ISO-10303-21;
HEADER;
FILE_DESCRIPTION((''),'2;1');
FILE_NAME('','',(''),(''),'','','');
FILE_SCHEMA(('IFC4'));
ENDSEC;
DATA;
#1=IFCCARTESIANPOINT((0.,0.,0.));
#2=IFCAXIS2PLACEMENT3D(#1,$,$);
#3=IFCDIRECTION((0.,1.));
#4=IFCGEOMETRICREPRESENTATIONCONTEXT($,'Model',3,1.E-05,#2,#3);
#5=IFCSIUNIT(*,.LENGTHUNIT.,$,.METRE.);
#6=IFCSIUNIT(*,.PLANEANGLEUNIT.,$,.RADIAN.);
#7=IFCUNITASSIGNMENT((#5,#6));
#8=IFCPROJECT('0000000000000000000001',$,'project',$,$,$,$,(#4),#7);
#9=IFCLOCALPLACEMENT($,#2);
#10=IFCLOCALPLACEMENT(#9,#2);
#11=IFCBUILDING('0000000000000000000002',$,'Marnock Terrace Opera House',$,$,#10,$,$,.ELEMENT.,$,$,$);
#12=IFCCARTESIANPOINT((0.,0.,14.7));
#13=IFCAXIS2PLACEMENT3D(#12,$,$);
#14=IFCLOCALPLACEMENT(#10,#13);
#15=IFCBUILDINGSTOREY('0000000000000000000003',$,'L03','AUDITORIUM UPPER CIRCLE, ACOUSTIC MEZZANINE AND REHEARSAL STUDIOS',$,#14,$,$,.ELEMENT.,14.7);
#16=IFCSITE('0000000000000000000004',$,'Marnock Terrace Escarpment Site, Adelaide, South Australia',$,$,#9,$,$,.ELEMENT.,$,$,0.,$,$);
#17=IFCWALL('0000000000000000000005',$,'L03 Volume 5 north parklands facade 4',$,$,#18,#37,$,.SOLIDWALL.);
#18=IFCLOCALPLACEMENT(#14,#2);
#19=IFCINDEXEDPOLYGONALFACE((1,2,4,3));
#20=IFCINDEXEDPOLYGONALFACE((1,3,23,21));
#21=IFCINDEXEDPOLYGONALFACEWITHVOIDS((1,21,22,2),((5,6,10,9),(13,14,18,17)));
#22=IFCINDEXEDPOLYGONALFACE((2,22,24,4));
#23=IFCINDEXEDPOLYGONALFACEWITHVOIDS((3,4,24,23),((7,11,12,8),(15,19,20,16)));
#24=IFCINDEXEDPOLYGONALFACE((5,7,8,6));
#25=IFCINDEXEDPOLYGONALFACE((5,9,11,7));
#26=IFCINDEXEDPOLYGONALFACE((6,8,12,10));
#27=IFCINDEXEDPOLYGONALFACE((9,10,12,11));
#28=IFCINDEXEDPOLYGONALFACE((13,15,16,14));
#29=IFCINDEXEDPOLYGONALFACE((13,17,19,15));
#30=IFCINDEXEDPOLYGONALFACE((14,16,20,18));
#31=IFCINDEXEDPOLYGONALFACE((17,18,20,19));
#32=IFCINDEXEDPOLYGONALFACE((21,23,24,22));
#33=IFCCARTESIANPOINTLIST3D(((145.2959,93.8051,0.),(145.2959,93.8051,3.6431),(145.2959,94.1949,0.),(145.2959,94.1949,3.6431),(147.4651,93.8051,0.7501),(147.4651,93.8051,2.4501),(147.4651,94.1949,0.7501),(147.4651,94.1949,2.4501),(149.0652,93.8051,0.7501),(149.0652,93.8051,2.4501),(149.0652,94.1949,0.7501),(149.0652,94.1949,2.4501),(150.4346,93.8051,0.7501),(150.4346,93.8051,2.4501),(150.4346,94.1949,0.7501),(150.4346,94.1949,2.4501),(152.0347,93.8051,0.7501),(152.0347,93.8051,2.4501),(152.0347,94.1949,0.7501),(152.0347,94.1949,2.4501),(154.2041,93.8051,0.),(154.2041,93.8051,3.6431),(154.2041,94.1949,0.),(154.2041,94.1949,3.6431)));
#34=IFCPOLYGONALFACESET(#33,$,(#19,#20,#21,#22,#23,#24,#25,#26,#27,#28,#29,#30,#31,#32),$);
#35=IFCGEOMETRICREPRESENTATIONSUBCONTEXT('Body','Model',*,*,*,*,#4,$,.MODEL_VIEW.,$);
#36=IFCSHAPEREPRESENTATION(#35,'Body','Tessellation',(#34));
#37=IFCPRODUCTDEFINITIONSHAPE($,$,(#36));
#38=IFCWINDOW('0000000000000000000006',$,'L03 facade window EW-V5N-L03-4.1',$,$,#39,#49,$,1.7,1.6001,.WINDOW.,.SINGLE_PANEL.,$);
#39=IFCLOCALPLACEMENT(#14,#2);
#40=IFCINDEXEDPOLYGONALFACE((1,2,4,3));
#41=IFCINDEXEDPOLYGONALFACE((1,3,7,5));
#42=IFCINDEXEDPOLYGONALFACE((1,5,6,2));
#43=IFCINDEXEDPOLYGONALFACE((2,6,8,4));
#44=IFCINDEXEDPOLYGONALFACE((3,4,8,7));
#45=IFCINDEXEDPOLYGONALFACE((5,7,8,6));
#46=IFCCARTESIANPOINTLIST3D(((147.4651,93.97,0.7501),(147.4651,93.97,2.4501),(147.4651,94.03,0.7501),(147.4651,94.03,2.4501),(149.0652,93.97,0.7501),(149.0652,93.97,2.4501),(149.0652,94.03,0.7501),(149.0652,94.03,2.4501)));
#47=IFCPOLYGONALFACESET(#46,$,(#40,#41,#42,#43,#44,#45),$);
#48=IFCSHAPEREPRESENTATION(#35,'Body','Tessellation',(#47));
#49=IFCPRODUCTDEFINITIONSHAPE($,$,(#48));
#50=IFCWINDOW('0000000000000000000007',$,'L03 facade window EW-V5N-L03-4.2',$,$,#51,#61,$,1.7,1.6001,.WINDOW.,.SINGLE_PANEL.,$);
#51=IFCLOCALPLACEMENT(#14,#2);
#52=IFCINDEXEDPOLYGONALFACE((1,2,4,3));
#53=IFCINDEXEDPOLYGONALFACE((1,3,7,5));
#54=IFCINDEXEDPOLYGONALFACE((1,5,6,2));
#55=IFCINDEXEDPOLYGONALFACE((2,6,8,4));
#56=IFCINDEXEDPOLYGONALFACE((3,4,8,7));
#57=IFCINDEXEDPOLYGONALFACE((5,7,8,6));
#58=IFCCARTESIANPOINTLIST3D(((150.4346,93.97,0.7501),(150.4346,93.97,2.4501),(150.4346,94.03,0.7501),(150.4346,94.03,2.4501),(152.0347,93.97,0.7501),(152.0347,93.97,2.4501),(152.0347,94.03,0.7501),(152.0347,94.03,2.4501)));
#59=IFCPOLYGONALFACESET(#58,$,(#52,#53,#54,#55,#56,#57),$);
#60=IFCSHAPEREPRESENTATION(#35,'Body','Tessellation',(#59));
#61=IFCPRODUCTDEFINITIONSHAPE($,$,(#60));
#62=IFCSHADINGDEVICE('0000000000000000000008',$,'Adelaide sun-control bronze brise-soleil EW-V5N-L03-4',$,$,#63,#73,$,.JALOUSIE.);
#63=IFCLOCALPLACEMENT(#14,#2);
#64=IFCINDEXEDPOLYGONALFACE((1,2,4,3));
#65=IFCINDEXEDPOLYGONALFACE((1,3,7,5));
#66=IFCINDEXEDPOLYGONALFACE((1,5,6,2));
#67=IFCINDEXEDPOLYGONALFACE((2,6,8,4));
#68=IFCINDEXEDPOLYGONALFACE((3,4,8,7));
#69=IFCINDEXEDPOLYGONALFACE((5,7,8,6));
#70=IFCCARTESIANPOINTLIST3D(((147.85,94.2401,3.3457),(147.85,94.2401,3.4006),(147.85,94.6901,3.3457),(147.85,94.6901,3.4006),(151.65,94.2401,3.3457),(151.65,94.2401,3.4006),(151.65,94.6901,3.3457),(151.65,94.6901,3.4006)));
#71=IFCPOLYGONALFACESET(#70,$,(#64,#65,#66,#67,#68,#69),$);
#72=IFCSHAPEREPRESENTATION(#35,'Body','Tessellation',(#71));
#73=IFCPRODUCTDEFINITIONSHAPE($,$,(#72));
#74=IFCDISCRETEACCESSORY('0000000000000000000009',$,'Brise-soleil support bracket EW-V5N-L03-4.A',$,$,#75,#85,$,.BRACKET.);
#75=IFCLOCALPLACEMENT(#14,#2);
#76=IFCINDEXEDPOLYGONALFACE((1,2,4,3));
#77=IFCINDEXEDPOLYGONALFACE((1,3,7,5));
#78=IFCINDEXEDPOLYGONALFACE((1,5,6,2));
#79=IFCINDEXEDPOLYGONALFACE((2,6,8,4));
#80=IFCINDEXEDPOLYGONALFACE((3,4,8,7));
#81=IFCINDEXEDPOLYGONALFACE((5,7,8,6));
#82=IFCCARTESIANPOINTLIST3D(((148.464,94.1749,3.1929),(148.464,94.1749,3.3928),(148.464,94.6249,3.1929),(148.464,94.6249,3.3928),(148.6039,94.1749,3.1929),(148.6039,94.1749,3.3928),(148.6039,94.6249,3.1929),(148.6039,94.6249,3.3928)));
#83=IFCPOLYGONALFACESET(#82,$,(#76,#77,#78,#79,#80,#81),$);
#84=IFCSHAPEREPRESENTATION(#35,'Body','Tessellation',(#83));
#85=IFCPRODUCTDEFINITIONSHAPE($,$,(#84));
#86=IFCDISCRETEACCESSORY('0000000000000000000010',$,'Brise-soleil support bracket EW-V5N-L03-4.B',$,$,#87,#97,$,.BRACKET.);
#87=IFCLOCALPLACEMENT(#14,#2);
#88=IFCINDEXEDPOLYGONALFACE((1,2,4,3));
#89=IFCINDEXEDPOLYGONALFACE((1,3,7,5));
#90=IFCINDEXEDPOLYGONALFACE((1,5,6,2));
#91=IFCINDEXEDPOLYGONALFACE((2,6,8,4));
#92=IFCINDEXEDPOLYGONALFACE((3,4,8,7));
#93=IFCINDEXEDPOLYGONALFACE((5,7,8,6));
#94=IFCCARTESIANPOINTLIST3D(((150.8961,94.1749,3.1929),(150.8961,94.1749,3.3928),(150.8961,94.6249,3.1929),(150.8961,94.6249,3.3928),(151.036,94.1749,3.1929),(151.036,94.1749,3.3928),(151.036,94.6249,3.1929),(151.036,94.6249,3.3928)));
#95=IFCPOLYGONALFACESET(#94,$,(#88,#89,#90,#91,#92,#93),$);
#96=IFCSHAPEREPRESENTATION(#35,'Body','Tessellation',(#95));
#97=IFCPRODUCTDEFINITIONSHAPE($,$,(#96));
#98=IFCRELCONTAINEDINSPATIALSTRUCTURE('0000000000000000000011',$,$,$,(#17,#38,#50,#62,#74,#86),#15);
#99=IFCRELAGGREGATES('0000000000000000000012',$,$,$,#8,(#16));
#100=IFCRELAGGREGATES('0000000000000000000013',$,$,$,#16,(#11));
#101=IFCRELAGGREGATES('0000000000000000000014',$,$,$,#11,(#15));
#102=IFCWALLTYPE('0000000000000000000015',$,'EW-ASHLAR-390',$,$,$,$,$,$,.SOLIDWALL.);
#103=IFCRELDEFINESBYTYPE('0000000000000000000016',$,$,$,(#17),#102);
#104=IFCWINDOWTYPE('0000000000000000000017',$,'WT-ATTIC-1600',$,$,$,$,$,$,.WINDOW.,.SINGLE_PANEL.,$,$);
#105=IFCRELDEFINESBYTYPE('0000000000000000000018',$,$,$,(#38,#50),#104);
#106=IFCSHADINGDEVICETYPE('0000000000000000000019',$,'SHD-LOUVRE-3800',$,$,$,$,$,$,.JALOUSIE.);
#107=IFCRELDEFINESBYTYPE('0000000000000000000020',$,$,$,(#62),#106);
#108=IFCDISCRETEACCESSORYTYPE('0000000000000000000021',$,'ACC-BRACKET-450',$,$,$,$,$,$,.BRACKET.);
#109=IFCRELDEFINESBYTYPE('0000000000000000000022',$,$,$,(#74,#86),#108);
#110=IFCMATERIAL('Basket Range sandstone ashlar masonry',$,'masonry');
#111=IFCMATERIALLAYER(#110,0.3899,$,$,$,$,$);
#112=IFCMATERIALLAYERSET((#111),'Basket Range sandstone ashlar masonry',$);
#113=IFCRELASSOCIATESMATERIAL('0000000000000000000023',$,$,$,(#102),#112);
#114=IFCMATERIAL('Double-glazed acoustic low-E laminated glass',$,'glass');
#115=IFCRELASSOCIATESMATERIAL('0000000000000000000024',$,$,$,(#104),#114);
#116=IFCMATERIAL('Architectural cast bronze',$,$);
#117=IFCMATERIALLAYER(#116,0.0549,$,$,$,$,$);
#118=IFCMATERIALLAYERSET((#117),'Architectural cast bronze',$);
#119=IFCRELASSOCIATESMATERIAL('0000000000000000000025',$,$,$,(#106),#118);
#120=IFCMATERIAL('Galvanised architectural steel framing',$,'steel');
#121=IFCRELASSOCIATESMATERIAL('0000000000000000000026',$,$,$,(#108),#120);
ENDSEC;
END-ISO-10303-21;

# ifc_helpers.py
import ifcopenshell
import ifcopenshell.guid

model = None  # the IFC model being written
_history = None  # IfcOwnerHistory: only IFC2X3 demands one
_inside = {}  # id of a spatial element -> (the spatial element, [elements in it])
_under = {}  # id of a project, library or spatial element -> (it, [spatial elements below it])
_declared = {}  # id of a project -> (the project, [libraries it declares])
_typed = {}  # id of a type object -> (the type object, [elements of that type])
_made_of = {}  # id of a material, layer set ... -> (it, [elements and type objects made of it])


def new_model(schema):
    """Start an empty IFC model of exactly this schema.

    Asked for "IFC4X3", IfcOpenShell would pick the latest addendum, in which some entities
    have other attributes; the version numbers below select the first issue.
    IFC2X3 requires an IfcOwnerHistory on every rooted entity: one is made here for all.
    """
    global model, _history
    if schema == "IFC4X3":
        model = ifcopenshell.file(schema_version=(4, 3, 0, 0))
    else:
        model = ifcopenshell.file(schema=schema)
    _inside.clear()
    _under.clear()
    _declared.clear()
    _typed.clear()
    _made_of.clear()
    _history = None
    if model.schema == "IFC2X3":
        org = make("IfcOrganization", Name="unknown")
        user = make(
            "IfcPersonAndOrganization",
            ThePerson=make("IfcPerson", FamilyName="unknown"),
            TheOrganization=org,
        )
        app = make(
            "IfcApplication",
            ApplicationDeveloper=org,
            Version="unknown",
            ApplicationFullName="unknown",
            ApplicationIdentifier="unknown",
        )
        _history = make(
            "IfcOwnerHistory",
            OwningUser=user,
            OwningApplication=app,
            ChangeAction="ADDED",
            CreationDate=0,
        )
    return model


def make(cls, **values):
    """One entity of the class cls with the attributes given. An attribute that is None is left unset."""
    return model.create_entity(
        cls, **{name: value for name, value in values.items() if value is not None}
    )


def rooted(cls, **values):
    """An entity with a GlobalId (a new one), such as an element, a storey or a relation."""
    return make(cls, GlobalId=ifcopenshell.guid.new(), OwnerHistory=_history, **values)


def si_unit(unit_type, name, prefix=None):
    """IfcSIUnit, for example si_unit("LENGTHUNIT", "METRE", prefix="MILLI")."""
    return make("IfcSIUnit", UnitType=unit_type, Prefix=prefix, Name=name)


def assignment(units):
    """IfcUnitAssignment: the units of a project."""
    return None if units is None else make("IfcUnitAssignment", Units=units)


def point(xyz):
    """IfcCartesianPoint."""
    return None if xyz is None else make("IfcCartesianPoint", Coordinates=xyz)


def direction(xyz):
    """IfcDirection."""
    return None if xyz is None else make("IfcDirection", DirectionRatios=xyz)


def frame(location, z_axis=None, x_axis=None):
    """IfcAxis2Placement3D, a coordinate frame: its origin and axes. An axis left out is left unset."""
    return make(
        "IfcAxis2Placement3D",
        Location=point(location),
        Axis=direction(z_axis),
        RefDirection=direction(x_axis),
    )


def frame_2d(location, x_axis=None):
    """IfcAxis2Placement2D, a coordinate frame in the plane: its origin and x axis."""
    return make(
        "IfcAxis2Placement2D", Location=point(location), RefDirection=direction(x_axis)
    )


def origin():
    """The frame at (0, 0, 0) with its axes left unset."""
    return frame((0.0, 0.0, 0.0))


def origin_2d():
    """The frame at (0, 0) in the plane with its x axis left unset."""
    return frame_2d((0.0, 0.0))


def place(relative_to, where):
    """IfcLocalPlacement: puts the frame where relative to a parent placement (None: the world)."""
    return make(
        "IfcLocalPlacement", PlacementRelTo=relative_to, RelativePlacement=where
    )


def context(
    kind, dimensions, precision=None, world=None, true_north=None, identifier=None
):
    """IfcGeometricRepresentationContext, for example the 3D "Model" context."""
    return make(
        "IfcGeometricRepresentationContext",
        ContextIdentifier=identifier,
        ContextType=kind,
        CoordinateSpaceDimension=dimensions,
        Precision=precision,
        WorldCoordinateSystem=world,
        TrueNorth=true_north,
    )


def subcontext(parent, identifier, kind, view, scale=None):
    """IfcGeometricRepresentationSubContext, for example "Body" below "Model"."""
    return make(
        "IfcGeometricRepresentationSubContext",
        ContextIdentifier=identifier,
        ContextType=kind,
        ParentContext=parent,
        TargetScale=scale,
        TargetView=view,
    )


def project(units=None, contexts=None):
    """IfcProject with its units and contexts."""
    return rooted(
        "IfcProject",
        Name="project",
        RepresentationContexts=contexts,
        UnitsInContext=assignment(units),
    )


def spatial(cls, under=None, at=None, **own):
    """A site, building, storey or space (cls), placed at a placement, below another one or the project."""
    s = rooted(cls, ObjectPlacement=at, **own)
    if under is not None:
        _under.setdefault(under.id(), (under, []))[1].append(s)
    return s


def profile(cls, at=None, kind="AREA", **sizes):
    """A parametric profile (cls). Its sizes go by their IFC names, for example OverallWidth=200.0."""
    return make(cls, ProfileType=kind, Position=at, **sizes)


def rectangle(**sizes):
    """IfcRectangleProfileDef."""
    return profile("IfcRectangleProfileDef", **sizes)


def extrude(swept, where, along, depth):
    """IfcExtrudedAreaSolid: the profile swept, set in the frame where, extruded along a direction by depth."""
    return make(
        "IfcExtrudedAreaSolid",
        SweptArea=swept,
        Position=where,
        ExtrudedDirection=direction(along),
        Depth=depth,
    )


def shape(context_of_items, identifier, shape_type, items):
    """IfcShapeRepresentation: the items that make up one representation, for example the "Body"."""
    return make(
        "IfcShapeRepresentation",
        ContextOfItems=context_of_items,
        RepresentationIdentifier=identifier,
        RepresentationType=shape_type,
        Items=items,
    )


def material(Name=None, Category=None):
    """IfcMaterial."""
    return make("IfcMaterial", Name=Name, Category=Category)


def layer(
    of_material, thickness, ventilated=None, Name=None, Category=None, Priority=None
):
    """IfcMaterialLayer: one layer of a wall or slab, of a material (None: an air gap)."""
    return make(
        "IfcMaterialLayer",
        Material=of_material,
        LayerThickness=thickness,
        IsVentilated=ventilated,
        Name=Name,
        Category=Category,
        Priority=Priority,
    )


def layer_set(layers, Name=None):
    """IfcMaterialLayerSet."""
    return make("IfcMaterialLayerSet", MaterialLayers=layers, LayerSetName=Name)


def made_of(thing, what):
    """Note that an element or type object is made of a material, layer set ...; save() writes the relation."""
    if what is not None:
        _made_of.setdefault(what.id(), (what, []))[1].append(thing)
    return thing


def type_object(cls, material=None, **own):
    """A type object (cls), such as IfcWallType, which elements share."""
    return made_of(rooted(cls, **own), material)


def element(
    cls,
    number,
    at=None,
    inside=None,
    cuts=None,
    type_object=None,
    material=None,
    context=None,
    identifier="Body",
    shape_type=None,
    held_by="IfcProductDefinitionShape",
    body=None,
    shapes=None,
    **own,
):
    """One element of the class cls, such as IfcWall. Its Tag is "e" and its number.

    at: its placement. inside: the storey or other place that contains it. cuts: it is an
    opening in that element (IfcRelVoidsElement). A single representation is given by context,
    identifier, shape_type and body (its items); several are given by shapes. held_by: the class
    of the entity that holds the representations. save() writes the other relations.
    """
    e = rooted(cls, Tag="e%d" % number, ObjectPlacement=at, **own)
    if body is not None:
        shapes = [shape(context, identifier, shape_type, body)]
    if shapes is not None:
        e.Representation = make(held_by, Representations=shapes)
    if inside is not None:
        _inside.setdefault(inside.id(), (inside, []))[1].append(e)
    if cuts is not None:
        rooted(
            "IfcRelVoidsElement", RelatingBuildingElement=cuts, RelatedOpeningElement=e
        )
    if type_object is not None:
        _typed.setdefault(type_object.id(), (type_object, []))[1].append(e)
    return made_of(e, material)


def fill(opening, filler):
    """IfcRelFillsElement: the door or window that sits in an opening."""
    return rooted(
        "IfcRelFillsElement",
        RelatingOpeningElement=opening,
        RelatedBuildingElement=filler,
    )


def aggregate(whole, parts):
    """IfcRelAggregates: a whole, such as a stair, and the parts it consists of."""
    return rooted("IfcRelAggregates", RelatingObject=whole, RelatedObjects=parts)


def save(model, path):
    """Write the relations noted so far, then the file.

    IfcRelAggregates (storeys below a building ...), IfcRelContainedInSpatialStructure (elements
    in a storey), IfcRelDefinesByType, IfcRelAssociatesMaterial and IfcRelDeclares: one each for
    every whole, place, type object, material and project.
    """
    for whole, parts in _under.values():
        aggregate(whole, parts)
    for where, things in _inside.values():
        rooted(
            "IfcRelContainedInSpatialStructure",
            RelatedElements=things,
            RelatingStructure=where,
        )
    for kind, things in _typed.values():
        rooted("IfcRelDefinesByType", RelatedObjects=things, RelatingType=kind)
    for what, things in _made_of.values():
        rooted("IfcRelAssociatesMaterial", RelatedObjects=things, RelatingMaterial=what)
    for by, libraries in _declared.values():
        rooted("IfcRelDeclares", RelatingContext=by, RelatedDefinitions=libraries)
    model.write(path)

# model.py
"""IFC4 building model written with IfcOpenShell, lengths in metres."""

from ifc_helpers import new_model, si_unit, direction, frame, frame_2d, origin, origin_2d, place, context, subcontext, project, spatial, rectangle, extrude, material, layer, layer_set, type_object, element, fill, save


model = new_model("IFC4")

# Units and contexts
model_context = context("Model", 3, precision=1e-05, world=origin(), true_north=direction((0.0, 1.0)))
body_context = subcontext(model_context, "Body", "Model", "MODEL_VIEW")
ifc_project = project(units=[si_unit("LENGTHUNIT", "METRE"), si_unit("PLANEANGLEUNIT", "RADIAN")], contexts=[model_context])

# Site, building, storey
site_placement = place(None, origin())
site = spatial("IfcSite", under=ifc_project, at=site_placement, Name="Marnock Terrace Escarpment Site, Adelaide, South Australia", CompositionType="ELEMENT", RefElevation=0.0)
building_placement = place(site_placement, origin())
building = spatial("IfcBuilding", under=site, at=building_placement, Name="Marnock Terrace Opera House", CompositionType="ELEMENT")
storey_placement = place(building_placement, frame((0.0, 0.0, 14.7)))
storey = spatial("IfcBuildingStorey", under=building, at=storey_placement, Name="L03", Description="AUDITORIUM UPPER CIRCLE, ACOUSTIC MEZZANINE AND REHEARSAL STUDIOS", CompositionType="ELEMENT", Elevation=14.7)

# Shared definitions
ifc_material_1 = material(Name="Basket Range sandstone ashlar masonry", Category="masonry")
ifc_layer_1 = layer(ifc_material_1, 0.3899)
ifc_layer_set_1 = layer_set([ifc_layer_1], Name="Basket Range sandstone ashlar masonry")
wall_type = type_object("IfcWallType", Name="EW-ASHLAR-390", PredefinedType="SOLIDWALL", material=ifc_layer_set_1)
ifc_material_2 = material(Name="Double-glazed acoustic low-E laminated glass", Category="glass")
window_type = type_object("IfcWindowType", Name="WT-ATTIC-1600", PartitioningType="SINGLE_PANEL", PredefinedType="WINDOW", material=ifc_material_2)

# Wall, openings, windows
wall_1_placement = place(storey_placement, frame((145.2959, 94.0, 0.0), z_axis=(0.0, 0.0, 1.0), x_axis=(1.0, 0.0, 0.0)))
wall_1 = element("IfcWall", 1, at=wall_1_placement, inside=storey, type_object=wall_type, Name="L03 Volume 5 north parklands facade 4", PredefinedType="SOLIDWALL", context=body_context, shape_type="SweptSolid", body=[
    extrude(rectangle(XDim=8.9082, YDim=0.3899, at=frame_2d((4.4541, 0.0))), origin(), (0.0, 0.0, 1.0), 3.6431),
])
opening_1_placement = place(wall_1_placement, frame((2.1692, 0.0, 0.75)))
opening_1 = element("IfcOpeningElement", 2, at=opening_1_placement, cuts=wall_1, PredefinedType="OPENING", context=body_context, shape_type="SweptSolid", body=[
    extrude(rectangle(XDim=1.6001, YDim=1.7, at=frame_2d((0.8, 0.8501))), frame((0.0, 0.2048, 0.0), z_axis=(0.0, -1.0, 0.0), x_axis=(1.0, 0.0, 0.0)), (0.0, 0.0, 1.0), 0.4099),
])
opening_2_placement = place(wall_1_placement, frame((5.1387, 0.0, 0.75)))
opening_2 = element("IfcOpeningElement", 3, at=opening_2_placement, cuts=wall_1, PredefinedType="OPENING", context=body_context, shape_type="SweptSolid", body=[
    extrude(rectangle(XDim=1.6001, YDim=1.7, at=frame_2d((0.8, 0.8501))), frame((0.0, 0.2048, 0.0), z_axis=(0.0, -1.0, 0.0), x_axis=(1.0, 0.0, 0.0)), (0.0, 0.0, 1.0), 0.4099),
])
window_1_placement = place(opening_1_placement, origin())
window_1 = element("IfcWindow", 4, at=window_1_placement, inside=storey, type_object=window_type, Name="L03 facade window EW-V5N-L03-4.1", OverallHeight=1.7, OverallWidth=1.6001, PartitioningType="SINGLE_PANEL", PredefinedType="WINDOW", context=body_context, shape_type="SweptSolid", body=[
    extrude(rectangle(XDim=1.6001, YDim=1.7, at=frame_2d((0.8, 0.8501))), frame((0.0, 0.03, 0.0), z_axis=(0.0, -1.0, 0.0), x_axis=(1.0, 0.0, 0.0)), (0.0, 0.0, 1.0), 0.0601),
])
fill(opening_1, window_1)
window_2_placement = place(opening_2_placement, origin())
window_2 = element("IfcWindow", 5, at=window_2_placement, inside=storey, type_object=window_type, Name="L03 facade window EW-V5N-L03-4.2", OverallHeight=1.7, OverallWidth=1.6001, PartitioningType="SINGLE_PANEL", PredefinedType="WINDOW", context=body_context, shape_type="SweptSolid", body=[
    extrude(rectangle(XDim=1.6001, YDim=1.7, at=frame_2d((0.8, 0.8501))), frame((0.0, 0.03, 0.0), z_axis=(0.0, -1.0, 0.0), x_axis=(1.0, 0.0, 0.0)), (0.0, 0.0, 1.0), 0.0601),
])
fill(opening_2, window_2)

# Shading device
ifc_material_3 = material(Name="Architectural cast bronze")
ifc_layer_2 = layer(ifc_material_3, 0.0549)
ifc_layer_set_2 = layer_set([ifc_layer_2], Name="Architectural cast bronze")
shading_device_type = type_object("IfcShadingDeviceType", Name="SHD-LOUVRE-3800", PredefinedType="JALOUSIE", material=ifc_layer_set_2)
shading_device_placement = place(storey_placement, frame((149.75, 94.4651, 3.3457), z_axis=(0.0, 0.0, 1.0), x_axis=(1.0, 0.0, 0.0)))
element("IfcShadingDevice", 6, at=shading_device_placement, inside=storey, type_object=shading_device_type, Name="Adelaide sun-control bronze brise-soleil EW-V5N-L03-4", PredefinedType="JALOUSIE", context=body_context, shape_type="SweptSolid", body=[
    extrude(rectangle(XDim=3.8, YDim=0.45, at=origin_2d()), origin(), (0.0, 0.0, 1.0), 0.0549),
])

# Discrete accessories
ifc_material_4 = material(Name="Galvanised architectural steel framing", Category="steel")
discrete_accessory_type = type_object("IfcDiscreteAccessoryType", Name="ACC-BRACKET-450", PredefinedType="BRACKET", material=ifc_material_4)
for number, where, z_axis, x_axis, name in (
    (7, (148.5339, 94.3999, 3.1929), (0.0, 0.0, 1.0), (1.0, 0.0, 0.0), "Brise-soleil support bracket EW-V5N-L03-4.A"),
    (8, (150.9661, 94.3999, 3.1929), (0.0, 0.0, 1.0), (1.0, 0.0, 0.0), "Brise-soleil support bracket EW-V5N-L03-4.B"),
):
    element("IfcDiscreteAccessory", number, at=place(storey_placement, frame(where, z_axis=z_axis, x_axis=x_axis)), inside=storey, type_object=discrete_accessory_type, Name=name, PredefinedType="BRACKET", context=body_context, shape_type="SweptSolid", body=[
        extrude(rectangle(XDim=0.1399, YDim=0.45, at=origin_2d()), origin(), (0.0, 0.0, 1.0), 0.2),
    ])

save(model, "model.ifc")
